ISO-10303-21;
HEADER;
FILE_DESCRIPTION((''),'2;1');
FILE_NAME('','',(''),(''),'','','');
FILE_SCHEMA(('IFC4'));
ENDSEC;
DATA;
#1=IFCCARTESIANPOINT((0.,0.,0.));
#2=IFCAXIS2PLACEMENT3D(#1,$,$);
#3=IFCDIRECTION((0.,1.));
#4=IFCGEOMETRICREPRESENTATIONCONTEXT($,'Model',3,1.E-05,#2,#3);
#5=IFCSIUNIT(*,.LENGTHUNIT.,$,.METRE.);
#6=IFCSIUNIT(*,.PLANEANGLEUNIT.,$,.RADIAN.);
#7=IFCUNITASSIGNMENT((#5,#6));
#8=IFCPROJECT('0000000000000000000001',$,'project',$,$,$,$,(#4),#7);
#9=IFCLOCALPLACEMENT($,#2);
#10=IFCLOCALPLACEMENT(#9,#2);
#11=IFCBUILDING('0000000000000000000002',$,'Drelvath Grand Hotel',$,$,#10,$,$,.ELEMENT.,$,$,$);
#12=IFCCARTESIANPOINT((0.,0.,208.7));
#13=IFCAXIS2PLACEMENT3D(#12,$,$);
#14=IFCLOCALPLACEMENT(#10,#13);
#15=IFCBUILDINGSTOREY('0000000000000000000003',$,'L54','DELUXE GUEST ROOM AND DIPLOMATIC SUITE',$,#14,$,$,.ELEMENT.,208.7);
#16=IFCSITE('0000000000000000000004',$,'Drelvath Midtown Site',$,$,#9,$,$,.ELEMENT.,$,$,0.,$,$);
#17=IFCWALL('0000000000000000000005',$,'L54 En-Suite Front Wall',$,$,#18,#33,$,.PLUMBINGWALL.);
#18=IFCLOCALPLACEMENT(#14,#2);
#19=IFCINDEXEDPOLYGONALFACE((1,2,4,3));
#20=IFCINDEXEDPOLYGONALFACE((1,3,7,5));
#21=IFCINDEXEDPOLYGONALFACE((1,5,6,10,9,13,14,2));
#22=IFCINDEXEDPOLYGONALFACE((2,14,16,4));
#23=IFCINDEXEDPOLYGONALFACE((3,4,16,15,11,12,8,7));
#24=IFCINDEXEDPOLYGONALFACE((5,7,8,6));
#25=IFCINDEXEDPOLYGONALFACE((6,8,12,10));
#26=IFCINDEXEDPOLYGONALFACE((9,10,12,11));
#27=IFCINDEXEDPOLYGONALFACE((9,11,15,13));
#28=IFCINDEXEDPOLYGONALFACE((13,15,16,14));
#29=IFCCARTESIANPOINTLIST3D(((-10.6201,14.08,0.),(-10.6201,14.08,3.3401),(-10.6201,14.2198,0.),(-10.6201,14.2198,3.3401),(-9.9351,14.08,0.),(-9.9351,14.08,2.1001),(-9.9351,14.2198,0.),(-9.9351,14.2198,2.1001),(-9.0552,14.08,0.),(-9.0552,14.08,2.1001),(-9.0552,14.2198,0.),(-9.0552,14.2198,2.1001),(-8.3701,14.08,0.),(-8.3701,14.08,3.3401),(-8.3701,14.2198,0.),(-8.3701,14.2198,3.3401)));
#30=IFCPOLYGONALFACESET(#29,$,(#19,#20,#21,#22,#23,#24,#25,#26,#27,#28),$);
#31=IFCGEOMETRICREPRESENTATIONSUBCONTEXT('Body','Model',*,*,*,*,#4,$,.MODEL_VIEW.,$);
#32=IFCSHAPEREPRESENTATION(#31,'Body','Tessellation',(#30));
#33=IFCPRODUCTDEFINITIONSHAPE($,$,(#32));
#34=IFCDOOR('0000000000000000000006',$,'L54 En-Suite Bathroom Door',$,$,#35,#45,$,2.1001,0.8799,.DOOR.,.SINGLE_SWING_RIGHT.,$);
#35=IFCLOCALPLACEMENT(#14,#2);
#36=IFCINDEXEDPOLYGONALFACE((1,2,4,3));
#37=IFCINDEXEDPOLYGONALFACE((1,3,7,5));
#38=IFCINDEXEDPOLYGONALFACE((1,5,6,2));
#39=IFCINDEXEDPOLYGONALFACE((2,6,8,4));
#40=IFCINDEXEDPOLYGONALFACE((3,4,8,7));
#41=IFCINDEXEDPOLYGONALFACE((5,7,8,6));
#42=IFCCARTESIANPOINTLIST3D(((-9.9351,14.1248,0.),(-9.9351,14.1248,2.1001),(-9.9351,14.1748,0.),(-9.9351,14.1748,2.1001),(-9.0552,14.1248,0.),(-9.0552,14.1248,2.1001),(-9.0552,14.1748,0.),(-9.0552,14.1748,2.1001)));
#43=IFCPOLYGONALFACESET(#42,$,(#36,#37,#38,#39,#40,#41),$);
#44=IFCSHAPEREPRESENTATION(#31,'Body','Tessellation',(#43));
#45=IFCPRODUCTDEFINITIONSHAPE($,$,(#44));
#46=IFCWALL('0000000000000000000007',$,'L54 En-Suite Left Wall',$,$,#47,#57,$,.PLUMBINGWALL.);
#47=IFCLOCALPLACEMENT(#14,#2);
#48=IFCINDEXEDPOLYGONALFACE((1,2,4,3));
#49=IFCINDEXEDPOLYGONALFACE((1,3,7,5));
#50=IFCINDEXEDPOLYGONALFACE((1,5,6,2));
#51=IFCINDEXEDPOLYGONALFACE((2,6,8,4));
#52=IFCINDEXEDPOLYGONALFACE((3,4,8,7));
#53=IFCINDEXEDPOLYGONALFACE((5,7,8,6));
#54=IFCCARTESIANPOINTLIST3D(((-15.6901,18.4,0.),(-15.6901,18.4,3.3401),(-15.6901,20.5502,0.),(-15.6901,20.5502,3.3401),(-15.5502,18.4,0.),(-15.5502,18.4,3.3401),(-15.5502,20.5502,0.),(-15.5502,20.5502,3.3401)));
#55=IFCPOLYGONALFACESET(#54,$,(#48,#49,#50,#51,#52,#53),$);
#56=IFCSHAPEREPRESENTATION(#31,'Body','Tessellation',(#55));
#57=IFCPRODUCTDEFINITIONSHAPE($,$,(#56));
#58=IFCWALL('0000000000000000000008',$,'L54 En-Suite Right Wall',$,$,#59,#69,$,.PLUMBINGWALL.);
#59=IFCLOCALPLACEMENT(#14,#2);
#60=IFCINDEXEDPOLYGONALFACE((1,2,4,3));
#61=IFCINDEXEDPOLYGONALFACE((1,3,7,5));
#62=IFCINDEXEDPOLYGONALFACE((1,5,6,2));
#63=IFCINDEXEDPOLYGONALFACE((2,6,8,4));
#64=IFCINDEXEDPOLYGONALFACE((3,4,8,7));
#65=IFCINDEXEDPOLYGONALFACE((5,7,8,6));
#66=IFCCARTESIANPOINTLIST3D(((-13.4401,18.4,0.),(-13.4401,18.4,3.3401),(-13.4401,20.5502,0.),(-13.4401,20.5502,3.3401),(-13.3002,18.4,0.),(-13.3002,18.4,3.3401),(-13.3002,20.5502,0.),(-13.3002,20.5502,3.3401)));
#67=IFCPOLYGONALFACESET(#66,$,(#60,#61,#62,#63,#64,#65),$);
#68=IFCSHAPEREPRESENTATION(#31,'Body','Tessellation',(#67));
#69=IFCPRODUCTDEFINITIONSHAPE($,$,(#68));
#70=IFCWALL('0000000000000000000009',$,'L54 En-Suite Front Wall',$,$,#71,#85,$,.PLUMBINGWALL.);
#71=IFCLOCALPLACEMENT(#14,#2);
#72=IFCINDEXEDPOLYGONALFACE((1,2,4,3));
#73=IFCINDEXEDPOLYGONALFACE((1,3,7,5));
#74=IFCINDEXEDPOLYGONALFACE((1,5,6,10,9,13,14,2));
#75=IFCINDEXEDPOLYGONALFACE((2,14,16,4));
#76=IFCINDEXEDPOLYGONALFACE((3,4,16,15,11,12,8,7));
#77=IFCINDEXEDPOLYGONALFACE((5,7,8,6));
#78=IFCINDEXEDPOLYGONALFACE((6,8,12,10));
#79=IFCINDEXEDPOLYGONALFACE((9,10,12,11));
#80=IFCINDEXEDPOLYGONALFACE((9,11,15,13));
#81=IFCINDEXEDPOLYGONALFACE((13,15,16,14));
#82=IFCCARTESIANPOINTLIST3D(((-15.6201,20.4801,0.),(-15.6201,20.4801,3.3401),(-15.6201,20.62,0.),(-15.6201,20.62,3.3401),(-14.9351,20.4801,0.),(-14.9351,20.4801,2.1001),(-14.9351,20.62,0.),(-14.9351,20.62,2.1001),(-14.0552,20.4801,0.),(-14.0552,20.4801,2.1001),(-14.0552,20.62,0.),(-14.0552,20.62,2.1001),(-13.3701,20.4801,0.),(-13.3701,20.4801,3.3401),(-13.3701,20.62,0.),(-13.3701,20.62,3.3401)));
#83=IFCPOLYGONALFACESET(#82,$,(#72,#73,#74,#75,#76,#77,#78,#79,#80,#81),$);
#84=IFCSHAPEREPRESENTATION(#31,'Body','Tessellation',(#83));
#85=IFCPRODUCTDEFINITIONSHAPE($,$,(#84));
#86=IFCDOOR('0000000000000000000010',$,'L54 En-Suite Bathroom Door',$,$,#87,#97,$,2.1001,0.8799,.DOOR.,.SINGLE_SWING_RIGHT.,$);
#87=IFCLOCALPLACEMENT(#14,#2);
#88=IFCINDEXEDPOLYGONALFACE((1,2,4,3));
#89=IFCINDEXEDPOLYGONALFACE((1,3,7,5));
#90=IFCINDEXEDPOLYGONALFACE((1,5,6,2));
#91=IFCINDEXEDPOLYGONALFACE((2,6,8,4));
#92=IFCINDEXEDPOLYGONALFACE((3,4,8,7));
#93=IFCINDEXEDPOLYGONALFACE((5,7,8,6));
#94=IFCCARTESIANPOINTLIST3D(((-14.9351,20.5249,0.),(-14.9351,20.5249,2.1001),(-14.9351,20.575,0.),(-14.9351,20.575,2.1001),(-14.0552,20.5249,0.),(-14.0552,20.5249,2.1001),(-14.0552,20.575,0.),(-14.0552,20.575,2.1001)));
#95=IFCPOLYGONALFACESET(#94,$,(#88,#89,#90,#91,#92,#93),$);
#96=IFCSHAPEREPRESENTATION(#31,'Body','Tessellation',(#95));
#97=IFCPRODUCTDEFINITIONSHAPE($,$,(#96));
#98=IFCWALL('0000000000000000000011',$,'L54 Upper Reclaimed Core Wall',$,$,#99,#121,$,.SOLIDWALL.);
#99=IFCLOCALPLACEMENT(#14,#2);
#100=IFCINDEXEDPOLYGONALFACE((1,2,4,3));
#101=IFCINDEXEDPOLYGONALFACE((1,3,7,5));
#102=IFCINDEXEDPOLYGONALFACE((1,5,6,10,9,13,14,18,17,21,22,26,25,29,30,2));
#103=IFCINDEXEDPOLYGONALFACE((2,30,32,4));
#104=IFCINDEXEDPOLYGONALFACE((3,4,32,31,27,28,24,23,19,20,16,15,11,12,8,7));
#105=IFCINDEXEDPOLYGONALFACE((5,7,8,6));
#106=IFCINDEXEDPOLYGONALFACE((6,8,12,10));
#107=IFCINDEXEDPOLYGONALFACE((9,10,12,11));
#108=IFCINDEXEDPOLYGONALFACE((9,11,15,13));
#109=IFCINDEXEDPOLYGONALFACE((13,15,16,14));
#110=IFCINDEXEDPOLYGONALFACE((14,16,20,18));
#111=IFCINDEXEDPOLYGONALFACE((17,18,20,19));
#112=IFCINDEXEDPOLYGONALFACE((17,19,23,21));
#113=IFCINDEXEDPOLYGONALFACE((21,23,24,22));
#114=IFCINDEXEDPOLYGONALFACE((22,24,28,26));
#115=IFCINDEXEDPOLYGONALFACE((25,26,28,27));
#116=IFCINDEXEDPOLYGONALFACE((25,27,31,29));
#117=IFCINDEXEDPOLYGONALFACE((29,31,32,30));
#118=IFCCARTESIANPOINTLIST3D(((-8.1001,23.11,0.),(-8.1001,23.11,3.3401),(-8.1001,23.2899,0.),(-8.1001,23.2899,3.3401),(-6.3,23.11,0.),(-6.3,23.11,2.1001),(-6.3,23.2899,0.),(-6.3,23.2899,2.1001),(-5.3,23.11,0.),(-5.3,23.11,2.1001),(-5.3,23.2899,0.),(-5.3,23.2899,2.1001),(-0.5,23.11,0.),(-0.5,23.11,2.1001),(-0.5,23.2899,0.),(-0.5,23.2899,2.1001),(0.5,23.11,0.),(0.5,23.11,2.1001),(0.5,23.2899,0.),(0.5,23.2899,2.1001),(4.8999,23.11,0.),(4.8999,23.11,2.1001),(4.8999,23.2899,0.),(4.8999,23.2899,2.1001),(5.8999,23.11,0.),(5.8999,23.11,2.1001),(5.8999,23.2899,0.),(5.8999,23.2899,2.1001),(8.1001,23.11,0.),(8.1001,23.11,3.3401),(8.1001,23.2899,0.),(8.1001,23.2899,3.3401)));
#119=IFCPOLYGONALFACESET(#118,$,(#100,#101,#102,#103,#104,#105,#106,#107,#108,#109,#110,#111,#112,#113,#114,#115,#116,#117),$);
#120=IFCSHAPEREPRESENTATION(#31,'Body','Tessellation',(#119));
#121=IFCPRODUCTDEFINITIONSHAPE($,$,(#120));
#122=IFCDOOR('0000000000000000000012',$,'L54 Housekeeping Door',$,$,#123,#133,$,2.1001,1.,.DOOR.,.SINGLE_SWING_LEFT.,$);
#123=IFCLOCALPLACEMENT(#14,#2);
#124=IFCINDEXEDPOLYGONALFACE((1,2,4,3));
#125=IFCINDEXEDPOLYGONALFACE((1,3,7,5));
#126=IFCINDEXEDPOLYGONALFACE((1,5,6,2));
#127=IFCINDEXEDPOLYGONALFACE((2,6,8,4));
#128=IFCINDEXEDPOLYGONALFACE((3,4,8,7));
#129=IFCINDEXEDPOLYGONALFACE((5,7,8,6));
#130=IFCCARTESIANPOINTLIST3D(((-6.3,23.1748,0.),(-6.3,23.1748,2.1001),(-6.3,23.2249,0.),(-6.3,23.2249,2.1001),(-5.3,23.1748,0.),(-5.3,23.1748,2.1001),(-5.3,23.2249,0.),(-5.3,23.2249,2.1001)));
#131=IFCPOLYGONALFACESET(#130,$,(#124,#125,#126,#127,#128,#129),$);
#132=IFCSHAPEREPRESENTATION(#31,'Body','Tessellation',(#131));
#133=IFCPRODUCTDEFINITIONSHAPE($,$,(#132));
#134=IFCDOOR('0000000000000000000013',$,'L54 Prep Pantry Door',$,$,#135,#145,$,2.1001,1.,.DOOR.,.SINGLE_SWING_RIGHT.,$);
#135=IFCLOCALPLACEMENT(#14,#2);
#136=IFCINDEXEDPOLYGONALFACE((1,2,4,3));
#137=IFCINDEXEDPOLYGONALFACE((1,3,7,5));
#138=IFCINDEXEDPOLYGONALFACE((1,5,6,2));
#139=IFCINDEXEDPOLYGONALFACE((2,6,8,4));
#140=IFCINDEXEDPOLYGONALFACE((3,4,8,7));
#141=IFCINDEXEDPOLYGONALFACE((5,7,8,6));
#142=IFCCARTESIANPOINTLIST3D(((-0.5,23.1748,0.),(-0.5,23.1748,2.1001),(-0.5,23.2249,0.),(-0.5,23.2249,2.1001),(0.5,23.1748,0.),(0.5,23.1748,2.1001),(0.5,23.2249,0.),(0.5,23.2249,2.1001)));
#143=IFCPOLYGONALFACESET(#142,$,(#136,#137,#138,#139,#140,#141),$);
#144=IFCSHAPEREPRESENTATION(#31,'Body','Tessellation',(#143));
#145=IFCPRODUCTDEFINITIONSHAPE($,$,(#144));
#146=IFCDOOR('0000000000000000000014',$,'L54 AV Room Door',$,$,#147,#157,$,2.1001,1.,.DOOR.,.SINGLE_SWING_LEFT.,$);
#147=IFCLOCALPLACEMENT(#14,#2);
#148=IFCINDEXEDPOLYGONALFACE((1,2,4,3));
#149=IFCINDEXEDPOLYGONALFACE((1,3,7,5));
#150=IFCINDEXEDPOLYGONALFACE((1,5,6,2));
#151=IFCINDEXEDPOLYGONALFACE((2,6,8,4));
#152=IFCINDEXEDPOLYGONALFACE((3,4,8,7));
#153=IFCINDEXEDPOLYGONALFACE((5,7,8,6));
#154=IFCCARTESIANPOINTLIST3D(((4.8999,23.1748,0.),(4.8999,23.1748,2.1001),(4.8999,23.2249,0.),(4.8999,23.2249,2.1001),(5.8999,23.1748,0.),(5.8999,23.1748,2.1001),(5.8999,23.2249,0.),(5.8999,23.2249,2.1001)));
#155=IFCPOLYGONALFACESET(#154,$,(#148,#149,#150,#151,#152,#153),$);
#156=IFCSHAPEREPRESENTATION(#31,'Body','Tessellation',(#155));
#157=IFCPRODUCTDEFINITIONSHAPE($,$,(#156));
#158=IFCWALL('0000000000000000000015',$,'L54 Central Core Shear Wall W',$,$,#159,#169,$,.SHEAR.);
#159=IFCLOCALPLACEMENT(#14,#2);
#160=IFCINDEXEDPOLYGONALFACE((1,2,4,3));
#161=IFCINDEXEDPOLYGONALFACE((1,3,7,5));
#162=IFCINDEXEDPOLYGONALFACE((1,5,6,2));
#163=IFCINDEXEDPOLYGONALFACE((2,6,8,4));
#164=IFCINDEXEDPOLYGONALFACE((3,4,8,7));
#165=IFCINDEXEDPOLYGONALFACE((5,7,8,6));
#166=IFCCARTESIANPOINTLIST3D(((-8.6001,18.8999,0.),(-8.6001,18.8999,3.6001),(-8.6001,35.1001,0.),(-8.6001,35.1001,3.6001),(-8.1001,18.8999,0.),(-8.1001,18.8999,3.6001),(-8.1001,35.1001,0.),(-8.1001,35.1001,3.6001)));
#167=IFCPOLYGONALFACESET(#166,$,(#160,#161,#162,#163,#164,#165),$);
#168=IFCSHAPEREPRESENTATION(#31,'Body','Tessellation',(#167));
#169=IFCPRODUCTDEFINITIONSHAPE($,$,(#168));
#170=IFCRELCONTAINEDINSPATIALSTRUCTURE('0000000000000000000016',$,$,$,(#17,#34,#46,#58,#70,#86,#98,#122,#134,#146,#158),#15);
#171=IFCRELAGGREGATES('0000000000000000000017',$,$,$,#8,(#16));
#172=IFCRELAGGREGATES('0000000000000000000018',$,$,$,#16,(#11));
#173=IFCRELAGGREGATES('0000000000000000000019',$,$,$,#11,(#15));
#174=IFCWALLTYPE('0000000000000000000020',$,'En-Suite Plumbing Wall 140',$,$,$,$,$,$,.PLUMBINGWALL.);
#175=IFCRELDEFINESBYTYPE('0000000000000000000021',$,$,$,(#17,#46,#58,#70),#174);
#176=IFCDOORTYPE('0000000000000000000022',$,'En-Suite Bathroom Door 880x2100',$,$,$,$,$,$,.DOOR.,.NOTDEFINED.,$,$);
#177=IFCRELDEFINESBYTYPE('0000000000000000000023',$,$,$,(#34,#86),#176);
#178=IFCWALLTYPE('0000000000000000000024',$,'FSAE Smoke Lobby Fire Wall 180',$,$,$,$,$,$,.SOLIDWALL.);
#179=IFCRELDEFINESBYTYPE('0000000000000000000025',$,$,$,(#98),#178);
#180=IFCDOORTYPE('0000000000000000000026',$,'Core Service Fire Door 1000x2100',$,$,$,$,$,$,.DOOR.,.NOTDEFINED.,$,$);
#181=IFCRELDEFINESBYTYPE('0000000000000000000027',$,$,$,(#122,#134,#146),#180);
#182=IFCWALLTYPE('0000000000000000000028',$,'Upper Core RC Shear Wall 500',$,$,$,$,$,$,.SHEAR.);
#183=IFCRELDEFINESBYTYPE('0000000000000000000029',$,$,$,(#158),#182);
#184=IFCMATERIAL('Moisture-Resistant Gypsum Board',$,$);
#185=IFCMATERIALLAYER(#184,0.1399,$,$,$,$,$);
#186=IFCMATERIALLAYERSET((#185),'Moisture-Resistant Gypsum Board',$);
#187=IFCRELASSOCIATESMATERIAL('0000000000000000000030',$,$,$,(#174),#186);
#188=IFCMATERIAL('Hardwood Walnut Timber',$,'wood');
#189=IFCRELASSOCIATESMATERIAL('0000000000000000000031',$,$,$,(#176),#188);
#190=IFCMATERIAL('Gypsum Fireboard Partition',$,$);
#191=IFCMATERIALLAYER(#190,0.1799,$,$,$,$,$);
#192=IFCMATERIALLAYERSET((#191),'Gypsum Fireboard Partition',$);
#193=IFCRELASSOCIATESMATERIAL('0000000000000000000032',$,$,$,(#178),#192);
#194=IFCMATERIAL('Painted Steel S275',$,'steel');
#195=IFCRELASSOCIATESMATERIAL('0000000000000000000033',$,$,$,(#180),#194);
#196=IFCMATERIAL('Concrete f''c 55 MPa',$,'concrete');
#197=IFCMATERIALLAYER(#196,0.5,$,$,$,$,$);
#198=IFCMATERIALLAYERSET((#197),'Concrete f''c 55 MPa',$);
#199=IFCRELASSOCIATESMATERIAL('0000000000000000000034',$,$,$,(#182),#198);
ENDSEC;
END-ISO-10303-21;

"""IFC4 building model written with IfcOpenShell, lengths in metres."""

from ifc_helpers import new_model, si_unit, direction, frame, frame_2d, origin, place, context, subcontext, project, spatial, rectangle, extrude, material, layer, layer_set, type_object, element, fill, save


model = new_model("IFC4")

# Units and contexts
model_context = context("Model", 3, precision=1e-05, world=origin(), true_north=direction((0.0, 1.0)))
body_context = subcontext(model_context, "Body", "Model", "MODEL_VIEW")
ifc_project = project(units=[si_unit("LENGTHUNIT", "METRE"), si_unit("PLANEANGLEUNIT", "RADIAN")], contexts=[model_context])

# Site, building, storey
site_placement = place(None, origin())
site = spatial("IfcSite", under=ifc_project, at=site_placement, Name="Drelvath Midtown Site", CompositionType="ELEMENT", RefElevation=0.0)
building_placement = place(site_placement, origin())
building = spatial("IfcBuilding", under=site, at=building_placement, Name="Drelvath Grand Hotel", CompositionType="ELEMENT")
storey_placement = place(building_placement, frame((0.0, 0.0, 208.7)))
storey = spatial("IfcBuildingStorey", under=building, at=storey_placement, Name="L54", Description="DELUXE GUEST ROOM AND DIPLOMATIC SUITE", CompositionType="ELEMENT", Elevation=208.7)

# Shared definitions
ifc_material_1 = material(Name="Concrete f'c 55 MPa", Category="concrete")

# Shared definitions
ifc_material_2 = material(Name="Painted Steel S275", Category="steel")
ifc_material_3 = material(Name="Gypsum Fireboard Partition")
ifc_material_4 = material(Name="Hardwood Walnut Timber", Category="wood")

# Shared definitions
ifc_material_5 = material(Name="Moisture-Resistant Gypsum Board")
ifc_layer_1 = layer(ifc_material_5, 0.1399)
ifc_layer_set_1 = layer_set([ifc_layer_1], Name="Moisture-Resistant Gypsum Board")
wall_type_1 = type_object("IfcWallType", Name="En-Suite Plumbing Wall 140", PredefinedType="PLUMBINGWALL", material=ifc_layer_set_1)

# Shared definitions
door_type_1 = type_object("IfcDoorType", Name="En-Suite Bathroom Door 880x2100", OperationType="NOTDEFINED", PredefinedType="DOOR", material=ifc_material_4)

# Wall, opening, door
wall_1_placement = place(storey_placement, frame((-10.6201, 14.1499, 0.0), z_axis=(0.0, 0.0, 1.0), x_axis=(1.0, 0.0, 0.0)))
wall_1 = element("IfcWall", 1, at=wall_1_placement, inside=storey, type_object=wall_type_1, Name="L54 En-Suite Front Wall", PredefinedType="PLUMBINGWALL", context=body_context, shape_type="SweptSolid", body=[
    extrude(rectangle(XDim=2.25, YDim=0.1399, at=frame_2d((1.125, 0.0))), origin(), (0.0, 0.0, 1.0), 3.3401),
])
opening_1_placement = place(wall_1_placement, frame((0.6851, 0.0, 0.0)))
opening_1 = element("IfcOpeningElement", 2, at=opening_1_placement, cuts=wall_1, PredefinedType="OPENING", context=body_context, shape_type="SweptSolid", body=[
    extrude(rectangle(XDim=0.8799, YDim=2.1001, at=frame_2d((0.4399, 1.05))), frame((0.0, 0.0798, 0.0), z_axis=(0.0, -1.0, 0.0), x_axis=(1.0, 0.0, 0.0)), (0.0, 0.0, 1.0), 0.1599),
])
door_1_placement = place(opening_1_placement, origin())
door_1 = element("IfcDoor", 3, at=door_1_placement, inside=storey, type_object=door_type_1, Name="L54 En-Suite Bathroom Door", OperationType="SINGLE_SWING_RIGHT", OverallHeight=2.1001, OverallWidth=0.8799, PredefinedType="DOOR", context=body_context, shape_type="SweptSolid", body=[
    extrude(rectangle(XDim=0.8799, YDim=2.1001, at=frame_2d((0.4399, 1.05))), frame((0.0, 0.0249, 0.0), z_axis=(0.0, -1.0, 0.0), x_axis=(1.0, 0.0, 0.0)), (0.0, 0.0, 1.0), 0.05),
])
fill(opening_1, door_1)

# Walls
for number, where, z_axis, x_axis, name in (
    (4, (-15.6201, 18.3999, 0.0), (0.0, 0.0, 1.0), (0.0, 1.0, 0.0), "L54 En-Suite Left Wall"),
    (5, (-13.3701, 18.3999, 0.0), (0.0, 0.0, 1.0), (0.0, 1.0, 0.0), "L54 En-Suite Right Wall"),
):
    element("IfcWall", number, at=place(storey_placement, frame(where, z_axis=z_axis, x_axis=x_axis)), inside=storey, type_object=wall_type_1, Name=name, PredefinedType="PLUMBINGWALL", context=body_context, shape_type="SweptSolid", body=[
        extrude(rectangle(XDim=2.1501, YDim=0.1399, at=frame_2d((1.0752, 0.0))), origin(), (0.0, 0.0, 1.0), 3.3401),
    ])

# Wall, opening, door
wall_2_placement = place(storey_placement, frame((-15.6201, 20.55, 0.0), z_axis=(0.0, 0.0, 1.0), x_axis=(1.0, 0.0, 0.0)))
wall_2 = element("IfcWall", 6, at=wall_2_placement, inside=storey, type_object=wall_type_1, Name="L54 En-Suite Front Wall", PredefinedType="PLUMBINGWALL", context=body_context, shape_type="SweptSolid", body=[
    extrude(rectangle(XDim=2.25, YDim=0.1399, at=frame_2d((1.125, 0.0))), origin(), (0.0, 0.0, 1.0), 3.3401),
])
opening_2_placement = place(wall_2_placement, frame((0.6851, 0.0, 0.0)))
opening_2 = element("IfcOpeningElement", 7, at=opening_2_placement, cuts=wall_2, PredefinedType="OPENING", context=body_context, shape_type="SweptSolid", body=[
    extrude(rectangle(XDim=0.8799, YDim=2.1001, at=frame_2d((0.4399, 1.05))), frame((0.0, 0.0798, 0.0), z_axis=(0.0, -1.0, 0.0), x_axis=(1.0, 0.0, 0.0)), (0.0, 0.0, 1.0), 0.1599),
])
door_2_placement = place(opening_2_placement, origin())
door_2 = element("IfcDoor", 8, at=door_2_placement, inside=storey, type_object=door_type_1, Name="L54 En-Suite Bathroom Door", OperationType="SINGLE_SWING_RIGHT", OverallHeight=2.1001, OverallWidth=0.8799, PredefinedType="DOOR", context=body_context, shape_type="SweptSolid", body=[
    extrude(rectangle(XDim=0.8799, YDim=2.1001, at=frame_2d((0.4399, 1.05))), frame((0.0, 0.0249, 0.0), z_axis=(0.0, -1.0, 0.0), x_axis=(1.0, 0.0, 0.0)), (0.0, 0.0, 1.0), 0.05),
])
fill(opening_2, door_2)

# Wall, openings, doors
ifc_layer_2 = layer(ifc_material_3, 0.1799)
ifc_layer_set_2 = layer_set([ifc_layer_2], Name="Gypsum Fireboard Partition")
wall_type_2 = type_object("IfcWallType", Name="FSAE Smoke Lobby Fire Wall 180", PredefinedType="SOLIDWALL", material=ifc_layer_set_2)
wall_3_placement = place(storey_placement, frame((-8.1001, 23.2, 0.0), z_axis=(0.0, 0.0, 1.0), x_axis=(1.0, 0.0, 0.0)))
wall_3 = element("IfcWall", 9, at=wall_3_placement, inside=storey, type_object=wall_type_2, Name="L54 Upper Reclaimed Core Wall", PredefinedType="SOLIDWALL", context=body_context, shape_type="SweptSolid", body=[
    extrude(rectangle(XDim=16.2002, YDim=0.1799, at=frame_2d((8.1001, 0.0))), origin(), (0.0, 0.0, 1.0), 3.3401),
])
opening_3_placement = place(wall_3_placement, frame((1.8, 0.0, 0.0)))
opening_3 = element("IfcOpeningElement", 10, at=opening_3_placement, cuts=wall_3, PredefinedType="OPENING", context=body_context, shape_type="SweptSolid", body=[
    extrude(rectangle(XDim=1.0, YDim=2.1001, at=frame_2d((0.5, 1.05))), frame((0.0, 0.0999, 0.0), z_axis=(0.0, -1.0, 0.0), x_axis=(1.0, 0.0, 0.0)), (0.0, 0.0, 1.0), 0.2),
])
opening_4_placement = place(wall_3_placement, frame((7.6001, 0.0, 0.0)))
opening_4 = element("IfcOpeningElement", 11, at=opening_4_placement, cuts=wall_3, PredefinedType="OPENING", context=body_context, shape_type="SweptSolid", body=[
    extrude(rectangle(XDim=1.0, YDim=2.1001, at=frame_2d((0.5, 1.05))), frame((0.0, 0.0999, 0.0), z_axis=(0.0, -1.0, 0.0), x_axis=(1.0, 0.0, 0.0)), (0.0, 0.0, 1.0), 0.2),
])
opening_5_placement = place(wall_3_placement, frame((13.0, 0.0, 0.0)))
opening_5 = element("IfcOpeningElement", 12, at=opening_5_placement, cuts=wall_3, PredefinedType="OPENING", context=body_context, shape_type="SweptSolid", body=[
    extrude(rectangle(XDim=1.0, YDim=2.1001, at=frame_2d((0.5, 1.05))), frame((0.0, 0.0999, 0.0), z_axis=(0.0, -1.0, 0.0), x_axis=(1.0, 0.0, 0.0)), (0.0, 0.0, 1.0), 0.2),
])
door_type_2 = type_object("IfcDoorType", Name="Core Service Fire Door 1000x2100", OperationType="NOTDEFINED", PredefinedType="DOOR", material=ifc_material_2)
door_3_placement = place(opening_3_placement, origin())
door_3 = element("IfcDoor", 13, at=door_3_placement, inside=storey, type_object=door_type_2, Name="L54 Housekeeping Door", OperationType="SINGLE_SWING_LEFT", OverallHeight=2.1001, OverallWidth=1.0, PredefinedType="DOOR", context=body_context, shape_type="SweptSolid", body=[
    extrude(rectangle(XDim=1.0, YDim=2.1001, at=frame_2d((0.5, 1.05))), frame((0.0, 0.0249, 0.0), z_axis=(0.0, -1.0, 0.0), x_axis=(1.0, 0.0, 0.0)), (0.0, 0.0, 1.0), 0.05),
])
fill(opening_3, door_3)
door_4_placement = place(opening_4_placement, origin())
door_4 = element("IfcDoor", 14, at=door_4_placement, inside=storey, type_object=door_type_2, Name="L54 Prep Pantry Door", OperationType="SINGLE_SWING_RIGHT", OverallHeight=2.1001, OverallWidth=1.0, PredefinedType="DOOR", context=body_context, shape_type="SweptSolid", body=[
    extrude(rectangle(XDim=1.0, YDim=2.1001, at=frame_2d((0.5, 1.05))), frame((0.0, 0.0249, 0.0), z_axis=(0.0, -1.0, 0.0), x_axis=(1.0, 0.0, 0.0)), (0.0, 0.0, 1.0), 0.05),
])
fill(opening_4, door_4)
door_5_placement = place(opening_5_placement, origin())
door_5 = element("IfcDoor", 15, at=door_5_placement, inside=storey, type_object=door_type_2, Name="L54 AV Room Door", OperationType="SINGLE_SWING_LEFT", OverallHeight=2.1001, OverallWidth=1.0, PredefinedType="DOOR", context=body_context, shape_type="SweptSolid", body=[
    extrude(rectangle(XDim=1.0, YDim=2.1001, at=frame_2d((0.5, 1.05))), frame((0.0, 0.0249, 0.0), z_axis=(0.0, -1.0, 0.0), x_axis=(1.0, 0.0, 0.0)), (0.0, 0.0, 1.0), 0.05),
])
fill(opening_5, door_5)

# Wall
ifc_layer_3 = layer(ifc_material_1, 0.5)
ifc_layer_set_3 = layer_set([ifc_layer_3], Name="Concrete f'c 55 MPa")
wall_type_3 = type_object("IfcWallType", Name="Upper Core RC Shear Wall 500", PredefinedType="SHEAR", material=ifc_layer_set_3)
wall_4_placement = place(storey_placement, frame((-8.3501, 18.8999, 0.0), z_axis=(0.0, 0.0, 1.0), x_axis=(0.0, 1.0, 0.0)))
element("IfcWall", 16, at=wall_4_placement, inside=storey, type_object=wall_type_3, Name="L54 Central Core Shear Wall W", PredefinedType="SHEAR", context=body_context, shape_type="SweptSolid", body=[
    extrude(rectangle(XDim=16.2002, YDim=0.5, at=frame_2d((8.1001, 0.0))), origin(), (0.0, 0.0, 1.0), 3.6001),
])

save(model, "model.ifc")
